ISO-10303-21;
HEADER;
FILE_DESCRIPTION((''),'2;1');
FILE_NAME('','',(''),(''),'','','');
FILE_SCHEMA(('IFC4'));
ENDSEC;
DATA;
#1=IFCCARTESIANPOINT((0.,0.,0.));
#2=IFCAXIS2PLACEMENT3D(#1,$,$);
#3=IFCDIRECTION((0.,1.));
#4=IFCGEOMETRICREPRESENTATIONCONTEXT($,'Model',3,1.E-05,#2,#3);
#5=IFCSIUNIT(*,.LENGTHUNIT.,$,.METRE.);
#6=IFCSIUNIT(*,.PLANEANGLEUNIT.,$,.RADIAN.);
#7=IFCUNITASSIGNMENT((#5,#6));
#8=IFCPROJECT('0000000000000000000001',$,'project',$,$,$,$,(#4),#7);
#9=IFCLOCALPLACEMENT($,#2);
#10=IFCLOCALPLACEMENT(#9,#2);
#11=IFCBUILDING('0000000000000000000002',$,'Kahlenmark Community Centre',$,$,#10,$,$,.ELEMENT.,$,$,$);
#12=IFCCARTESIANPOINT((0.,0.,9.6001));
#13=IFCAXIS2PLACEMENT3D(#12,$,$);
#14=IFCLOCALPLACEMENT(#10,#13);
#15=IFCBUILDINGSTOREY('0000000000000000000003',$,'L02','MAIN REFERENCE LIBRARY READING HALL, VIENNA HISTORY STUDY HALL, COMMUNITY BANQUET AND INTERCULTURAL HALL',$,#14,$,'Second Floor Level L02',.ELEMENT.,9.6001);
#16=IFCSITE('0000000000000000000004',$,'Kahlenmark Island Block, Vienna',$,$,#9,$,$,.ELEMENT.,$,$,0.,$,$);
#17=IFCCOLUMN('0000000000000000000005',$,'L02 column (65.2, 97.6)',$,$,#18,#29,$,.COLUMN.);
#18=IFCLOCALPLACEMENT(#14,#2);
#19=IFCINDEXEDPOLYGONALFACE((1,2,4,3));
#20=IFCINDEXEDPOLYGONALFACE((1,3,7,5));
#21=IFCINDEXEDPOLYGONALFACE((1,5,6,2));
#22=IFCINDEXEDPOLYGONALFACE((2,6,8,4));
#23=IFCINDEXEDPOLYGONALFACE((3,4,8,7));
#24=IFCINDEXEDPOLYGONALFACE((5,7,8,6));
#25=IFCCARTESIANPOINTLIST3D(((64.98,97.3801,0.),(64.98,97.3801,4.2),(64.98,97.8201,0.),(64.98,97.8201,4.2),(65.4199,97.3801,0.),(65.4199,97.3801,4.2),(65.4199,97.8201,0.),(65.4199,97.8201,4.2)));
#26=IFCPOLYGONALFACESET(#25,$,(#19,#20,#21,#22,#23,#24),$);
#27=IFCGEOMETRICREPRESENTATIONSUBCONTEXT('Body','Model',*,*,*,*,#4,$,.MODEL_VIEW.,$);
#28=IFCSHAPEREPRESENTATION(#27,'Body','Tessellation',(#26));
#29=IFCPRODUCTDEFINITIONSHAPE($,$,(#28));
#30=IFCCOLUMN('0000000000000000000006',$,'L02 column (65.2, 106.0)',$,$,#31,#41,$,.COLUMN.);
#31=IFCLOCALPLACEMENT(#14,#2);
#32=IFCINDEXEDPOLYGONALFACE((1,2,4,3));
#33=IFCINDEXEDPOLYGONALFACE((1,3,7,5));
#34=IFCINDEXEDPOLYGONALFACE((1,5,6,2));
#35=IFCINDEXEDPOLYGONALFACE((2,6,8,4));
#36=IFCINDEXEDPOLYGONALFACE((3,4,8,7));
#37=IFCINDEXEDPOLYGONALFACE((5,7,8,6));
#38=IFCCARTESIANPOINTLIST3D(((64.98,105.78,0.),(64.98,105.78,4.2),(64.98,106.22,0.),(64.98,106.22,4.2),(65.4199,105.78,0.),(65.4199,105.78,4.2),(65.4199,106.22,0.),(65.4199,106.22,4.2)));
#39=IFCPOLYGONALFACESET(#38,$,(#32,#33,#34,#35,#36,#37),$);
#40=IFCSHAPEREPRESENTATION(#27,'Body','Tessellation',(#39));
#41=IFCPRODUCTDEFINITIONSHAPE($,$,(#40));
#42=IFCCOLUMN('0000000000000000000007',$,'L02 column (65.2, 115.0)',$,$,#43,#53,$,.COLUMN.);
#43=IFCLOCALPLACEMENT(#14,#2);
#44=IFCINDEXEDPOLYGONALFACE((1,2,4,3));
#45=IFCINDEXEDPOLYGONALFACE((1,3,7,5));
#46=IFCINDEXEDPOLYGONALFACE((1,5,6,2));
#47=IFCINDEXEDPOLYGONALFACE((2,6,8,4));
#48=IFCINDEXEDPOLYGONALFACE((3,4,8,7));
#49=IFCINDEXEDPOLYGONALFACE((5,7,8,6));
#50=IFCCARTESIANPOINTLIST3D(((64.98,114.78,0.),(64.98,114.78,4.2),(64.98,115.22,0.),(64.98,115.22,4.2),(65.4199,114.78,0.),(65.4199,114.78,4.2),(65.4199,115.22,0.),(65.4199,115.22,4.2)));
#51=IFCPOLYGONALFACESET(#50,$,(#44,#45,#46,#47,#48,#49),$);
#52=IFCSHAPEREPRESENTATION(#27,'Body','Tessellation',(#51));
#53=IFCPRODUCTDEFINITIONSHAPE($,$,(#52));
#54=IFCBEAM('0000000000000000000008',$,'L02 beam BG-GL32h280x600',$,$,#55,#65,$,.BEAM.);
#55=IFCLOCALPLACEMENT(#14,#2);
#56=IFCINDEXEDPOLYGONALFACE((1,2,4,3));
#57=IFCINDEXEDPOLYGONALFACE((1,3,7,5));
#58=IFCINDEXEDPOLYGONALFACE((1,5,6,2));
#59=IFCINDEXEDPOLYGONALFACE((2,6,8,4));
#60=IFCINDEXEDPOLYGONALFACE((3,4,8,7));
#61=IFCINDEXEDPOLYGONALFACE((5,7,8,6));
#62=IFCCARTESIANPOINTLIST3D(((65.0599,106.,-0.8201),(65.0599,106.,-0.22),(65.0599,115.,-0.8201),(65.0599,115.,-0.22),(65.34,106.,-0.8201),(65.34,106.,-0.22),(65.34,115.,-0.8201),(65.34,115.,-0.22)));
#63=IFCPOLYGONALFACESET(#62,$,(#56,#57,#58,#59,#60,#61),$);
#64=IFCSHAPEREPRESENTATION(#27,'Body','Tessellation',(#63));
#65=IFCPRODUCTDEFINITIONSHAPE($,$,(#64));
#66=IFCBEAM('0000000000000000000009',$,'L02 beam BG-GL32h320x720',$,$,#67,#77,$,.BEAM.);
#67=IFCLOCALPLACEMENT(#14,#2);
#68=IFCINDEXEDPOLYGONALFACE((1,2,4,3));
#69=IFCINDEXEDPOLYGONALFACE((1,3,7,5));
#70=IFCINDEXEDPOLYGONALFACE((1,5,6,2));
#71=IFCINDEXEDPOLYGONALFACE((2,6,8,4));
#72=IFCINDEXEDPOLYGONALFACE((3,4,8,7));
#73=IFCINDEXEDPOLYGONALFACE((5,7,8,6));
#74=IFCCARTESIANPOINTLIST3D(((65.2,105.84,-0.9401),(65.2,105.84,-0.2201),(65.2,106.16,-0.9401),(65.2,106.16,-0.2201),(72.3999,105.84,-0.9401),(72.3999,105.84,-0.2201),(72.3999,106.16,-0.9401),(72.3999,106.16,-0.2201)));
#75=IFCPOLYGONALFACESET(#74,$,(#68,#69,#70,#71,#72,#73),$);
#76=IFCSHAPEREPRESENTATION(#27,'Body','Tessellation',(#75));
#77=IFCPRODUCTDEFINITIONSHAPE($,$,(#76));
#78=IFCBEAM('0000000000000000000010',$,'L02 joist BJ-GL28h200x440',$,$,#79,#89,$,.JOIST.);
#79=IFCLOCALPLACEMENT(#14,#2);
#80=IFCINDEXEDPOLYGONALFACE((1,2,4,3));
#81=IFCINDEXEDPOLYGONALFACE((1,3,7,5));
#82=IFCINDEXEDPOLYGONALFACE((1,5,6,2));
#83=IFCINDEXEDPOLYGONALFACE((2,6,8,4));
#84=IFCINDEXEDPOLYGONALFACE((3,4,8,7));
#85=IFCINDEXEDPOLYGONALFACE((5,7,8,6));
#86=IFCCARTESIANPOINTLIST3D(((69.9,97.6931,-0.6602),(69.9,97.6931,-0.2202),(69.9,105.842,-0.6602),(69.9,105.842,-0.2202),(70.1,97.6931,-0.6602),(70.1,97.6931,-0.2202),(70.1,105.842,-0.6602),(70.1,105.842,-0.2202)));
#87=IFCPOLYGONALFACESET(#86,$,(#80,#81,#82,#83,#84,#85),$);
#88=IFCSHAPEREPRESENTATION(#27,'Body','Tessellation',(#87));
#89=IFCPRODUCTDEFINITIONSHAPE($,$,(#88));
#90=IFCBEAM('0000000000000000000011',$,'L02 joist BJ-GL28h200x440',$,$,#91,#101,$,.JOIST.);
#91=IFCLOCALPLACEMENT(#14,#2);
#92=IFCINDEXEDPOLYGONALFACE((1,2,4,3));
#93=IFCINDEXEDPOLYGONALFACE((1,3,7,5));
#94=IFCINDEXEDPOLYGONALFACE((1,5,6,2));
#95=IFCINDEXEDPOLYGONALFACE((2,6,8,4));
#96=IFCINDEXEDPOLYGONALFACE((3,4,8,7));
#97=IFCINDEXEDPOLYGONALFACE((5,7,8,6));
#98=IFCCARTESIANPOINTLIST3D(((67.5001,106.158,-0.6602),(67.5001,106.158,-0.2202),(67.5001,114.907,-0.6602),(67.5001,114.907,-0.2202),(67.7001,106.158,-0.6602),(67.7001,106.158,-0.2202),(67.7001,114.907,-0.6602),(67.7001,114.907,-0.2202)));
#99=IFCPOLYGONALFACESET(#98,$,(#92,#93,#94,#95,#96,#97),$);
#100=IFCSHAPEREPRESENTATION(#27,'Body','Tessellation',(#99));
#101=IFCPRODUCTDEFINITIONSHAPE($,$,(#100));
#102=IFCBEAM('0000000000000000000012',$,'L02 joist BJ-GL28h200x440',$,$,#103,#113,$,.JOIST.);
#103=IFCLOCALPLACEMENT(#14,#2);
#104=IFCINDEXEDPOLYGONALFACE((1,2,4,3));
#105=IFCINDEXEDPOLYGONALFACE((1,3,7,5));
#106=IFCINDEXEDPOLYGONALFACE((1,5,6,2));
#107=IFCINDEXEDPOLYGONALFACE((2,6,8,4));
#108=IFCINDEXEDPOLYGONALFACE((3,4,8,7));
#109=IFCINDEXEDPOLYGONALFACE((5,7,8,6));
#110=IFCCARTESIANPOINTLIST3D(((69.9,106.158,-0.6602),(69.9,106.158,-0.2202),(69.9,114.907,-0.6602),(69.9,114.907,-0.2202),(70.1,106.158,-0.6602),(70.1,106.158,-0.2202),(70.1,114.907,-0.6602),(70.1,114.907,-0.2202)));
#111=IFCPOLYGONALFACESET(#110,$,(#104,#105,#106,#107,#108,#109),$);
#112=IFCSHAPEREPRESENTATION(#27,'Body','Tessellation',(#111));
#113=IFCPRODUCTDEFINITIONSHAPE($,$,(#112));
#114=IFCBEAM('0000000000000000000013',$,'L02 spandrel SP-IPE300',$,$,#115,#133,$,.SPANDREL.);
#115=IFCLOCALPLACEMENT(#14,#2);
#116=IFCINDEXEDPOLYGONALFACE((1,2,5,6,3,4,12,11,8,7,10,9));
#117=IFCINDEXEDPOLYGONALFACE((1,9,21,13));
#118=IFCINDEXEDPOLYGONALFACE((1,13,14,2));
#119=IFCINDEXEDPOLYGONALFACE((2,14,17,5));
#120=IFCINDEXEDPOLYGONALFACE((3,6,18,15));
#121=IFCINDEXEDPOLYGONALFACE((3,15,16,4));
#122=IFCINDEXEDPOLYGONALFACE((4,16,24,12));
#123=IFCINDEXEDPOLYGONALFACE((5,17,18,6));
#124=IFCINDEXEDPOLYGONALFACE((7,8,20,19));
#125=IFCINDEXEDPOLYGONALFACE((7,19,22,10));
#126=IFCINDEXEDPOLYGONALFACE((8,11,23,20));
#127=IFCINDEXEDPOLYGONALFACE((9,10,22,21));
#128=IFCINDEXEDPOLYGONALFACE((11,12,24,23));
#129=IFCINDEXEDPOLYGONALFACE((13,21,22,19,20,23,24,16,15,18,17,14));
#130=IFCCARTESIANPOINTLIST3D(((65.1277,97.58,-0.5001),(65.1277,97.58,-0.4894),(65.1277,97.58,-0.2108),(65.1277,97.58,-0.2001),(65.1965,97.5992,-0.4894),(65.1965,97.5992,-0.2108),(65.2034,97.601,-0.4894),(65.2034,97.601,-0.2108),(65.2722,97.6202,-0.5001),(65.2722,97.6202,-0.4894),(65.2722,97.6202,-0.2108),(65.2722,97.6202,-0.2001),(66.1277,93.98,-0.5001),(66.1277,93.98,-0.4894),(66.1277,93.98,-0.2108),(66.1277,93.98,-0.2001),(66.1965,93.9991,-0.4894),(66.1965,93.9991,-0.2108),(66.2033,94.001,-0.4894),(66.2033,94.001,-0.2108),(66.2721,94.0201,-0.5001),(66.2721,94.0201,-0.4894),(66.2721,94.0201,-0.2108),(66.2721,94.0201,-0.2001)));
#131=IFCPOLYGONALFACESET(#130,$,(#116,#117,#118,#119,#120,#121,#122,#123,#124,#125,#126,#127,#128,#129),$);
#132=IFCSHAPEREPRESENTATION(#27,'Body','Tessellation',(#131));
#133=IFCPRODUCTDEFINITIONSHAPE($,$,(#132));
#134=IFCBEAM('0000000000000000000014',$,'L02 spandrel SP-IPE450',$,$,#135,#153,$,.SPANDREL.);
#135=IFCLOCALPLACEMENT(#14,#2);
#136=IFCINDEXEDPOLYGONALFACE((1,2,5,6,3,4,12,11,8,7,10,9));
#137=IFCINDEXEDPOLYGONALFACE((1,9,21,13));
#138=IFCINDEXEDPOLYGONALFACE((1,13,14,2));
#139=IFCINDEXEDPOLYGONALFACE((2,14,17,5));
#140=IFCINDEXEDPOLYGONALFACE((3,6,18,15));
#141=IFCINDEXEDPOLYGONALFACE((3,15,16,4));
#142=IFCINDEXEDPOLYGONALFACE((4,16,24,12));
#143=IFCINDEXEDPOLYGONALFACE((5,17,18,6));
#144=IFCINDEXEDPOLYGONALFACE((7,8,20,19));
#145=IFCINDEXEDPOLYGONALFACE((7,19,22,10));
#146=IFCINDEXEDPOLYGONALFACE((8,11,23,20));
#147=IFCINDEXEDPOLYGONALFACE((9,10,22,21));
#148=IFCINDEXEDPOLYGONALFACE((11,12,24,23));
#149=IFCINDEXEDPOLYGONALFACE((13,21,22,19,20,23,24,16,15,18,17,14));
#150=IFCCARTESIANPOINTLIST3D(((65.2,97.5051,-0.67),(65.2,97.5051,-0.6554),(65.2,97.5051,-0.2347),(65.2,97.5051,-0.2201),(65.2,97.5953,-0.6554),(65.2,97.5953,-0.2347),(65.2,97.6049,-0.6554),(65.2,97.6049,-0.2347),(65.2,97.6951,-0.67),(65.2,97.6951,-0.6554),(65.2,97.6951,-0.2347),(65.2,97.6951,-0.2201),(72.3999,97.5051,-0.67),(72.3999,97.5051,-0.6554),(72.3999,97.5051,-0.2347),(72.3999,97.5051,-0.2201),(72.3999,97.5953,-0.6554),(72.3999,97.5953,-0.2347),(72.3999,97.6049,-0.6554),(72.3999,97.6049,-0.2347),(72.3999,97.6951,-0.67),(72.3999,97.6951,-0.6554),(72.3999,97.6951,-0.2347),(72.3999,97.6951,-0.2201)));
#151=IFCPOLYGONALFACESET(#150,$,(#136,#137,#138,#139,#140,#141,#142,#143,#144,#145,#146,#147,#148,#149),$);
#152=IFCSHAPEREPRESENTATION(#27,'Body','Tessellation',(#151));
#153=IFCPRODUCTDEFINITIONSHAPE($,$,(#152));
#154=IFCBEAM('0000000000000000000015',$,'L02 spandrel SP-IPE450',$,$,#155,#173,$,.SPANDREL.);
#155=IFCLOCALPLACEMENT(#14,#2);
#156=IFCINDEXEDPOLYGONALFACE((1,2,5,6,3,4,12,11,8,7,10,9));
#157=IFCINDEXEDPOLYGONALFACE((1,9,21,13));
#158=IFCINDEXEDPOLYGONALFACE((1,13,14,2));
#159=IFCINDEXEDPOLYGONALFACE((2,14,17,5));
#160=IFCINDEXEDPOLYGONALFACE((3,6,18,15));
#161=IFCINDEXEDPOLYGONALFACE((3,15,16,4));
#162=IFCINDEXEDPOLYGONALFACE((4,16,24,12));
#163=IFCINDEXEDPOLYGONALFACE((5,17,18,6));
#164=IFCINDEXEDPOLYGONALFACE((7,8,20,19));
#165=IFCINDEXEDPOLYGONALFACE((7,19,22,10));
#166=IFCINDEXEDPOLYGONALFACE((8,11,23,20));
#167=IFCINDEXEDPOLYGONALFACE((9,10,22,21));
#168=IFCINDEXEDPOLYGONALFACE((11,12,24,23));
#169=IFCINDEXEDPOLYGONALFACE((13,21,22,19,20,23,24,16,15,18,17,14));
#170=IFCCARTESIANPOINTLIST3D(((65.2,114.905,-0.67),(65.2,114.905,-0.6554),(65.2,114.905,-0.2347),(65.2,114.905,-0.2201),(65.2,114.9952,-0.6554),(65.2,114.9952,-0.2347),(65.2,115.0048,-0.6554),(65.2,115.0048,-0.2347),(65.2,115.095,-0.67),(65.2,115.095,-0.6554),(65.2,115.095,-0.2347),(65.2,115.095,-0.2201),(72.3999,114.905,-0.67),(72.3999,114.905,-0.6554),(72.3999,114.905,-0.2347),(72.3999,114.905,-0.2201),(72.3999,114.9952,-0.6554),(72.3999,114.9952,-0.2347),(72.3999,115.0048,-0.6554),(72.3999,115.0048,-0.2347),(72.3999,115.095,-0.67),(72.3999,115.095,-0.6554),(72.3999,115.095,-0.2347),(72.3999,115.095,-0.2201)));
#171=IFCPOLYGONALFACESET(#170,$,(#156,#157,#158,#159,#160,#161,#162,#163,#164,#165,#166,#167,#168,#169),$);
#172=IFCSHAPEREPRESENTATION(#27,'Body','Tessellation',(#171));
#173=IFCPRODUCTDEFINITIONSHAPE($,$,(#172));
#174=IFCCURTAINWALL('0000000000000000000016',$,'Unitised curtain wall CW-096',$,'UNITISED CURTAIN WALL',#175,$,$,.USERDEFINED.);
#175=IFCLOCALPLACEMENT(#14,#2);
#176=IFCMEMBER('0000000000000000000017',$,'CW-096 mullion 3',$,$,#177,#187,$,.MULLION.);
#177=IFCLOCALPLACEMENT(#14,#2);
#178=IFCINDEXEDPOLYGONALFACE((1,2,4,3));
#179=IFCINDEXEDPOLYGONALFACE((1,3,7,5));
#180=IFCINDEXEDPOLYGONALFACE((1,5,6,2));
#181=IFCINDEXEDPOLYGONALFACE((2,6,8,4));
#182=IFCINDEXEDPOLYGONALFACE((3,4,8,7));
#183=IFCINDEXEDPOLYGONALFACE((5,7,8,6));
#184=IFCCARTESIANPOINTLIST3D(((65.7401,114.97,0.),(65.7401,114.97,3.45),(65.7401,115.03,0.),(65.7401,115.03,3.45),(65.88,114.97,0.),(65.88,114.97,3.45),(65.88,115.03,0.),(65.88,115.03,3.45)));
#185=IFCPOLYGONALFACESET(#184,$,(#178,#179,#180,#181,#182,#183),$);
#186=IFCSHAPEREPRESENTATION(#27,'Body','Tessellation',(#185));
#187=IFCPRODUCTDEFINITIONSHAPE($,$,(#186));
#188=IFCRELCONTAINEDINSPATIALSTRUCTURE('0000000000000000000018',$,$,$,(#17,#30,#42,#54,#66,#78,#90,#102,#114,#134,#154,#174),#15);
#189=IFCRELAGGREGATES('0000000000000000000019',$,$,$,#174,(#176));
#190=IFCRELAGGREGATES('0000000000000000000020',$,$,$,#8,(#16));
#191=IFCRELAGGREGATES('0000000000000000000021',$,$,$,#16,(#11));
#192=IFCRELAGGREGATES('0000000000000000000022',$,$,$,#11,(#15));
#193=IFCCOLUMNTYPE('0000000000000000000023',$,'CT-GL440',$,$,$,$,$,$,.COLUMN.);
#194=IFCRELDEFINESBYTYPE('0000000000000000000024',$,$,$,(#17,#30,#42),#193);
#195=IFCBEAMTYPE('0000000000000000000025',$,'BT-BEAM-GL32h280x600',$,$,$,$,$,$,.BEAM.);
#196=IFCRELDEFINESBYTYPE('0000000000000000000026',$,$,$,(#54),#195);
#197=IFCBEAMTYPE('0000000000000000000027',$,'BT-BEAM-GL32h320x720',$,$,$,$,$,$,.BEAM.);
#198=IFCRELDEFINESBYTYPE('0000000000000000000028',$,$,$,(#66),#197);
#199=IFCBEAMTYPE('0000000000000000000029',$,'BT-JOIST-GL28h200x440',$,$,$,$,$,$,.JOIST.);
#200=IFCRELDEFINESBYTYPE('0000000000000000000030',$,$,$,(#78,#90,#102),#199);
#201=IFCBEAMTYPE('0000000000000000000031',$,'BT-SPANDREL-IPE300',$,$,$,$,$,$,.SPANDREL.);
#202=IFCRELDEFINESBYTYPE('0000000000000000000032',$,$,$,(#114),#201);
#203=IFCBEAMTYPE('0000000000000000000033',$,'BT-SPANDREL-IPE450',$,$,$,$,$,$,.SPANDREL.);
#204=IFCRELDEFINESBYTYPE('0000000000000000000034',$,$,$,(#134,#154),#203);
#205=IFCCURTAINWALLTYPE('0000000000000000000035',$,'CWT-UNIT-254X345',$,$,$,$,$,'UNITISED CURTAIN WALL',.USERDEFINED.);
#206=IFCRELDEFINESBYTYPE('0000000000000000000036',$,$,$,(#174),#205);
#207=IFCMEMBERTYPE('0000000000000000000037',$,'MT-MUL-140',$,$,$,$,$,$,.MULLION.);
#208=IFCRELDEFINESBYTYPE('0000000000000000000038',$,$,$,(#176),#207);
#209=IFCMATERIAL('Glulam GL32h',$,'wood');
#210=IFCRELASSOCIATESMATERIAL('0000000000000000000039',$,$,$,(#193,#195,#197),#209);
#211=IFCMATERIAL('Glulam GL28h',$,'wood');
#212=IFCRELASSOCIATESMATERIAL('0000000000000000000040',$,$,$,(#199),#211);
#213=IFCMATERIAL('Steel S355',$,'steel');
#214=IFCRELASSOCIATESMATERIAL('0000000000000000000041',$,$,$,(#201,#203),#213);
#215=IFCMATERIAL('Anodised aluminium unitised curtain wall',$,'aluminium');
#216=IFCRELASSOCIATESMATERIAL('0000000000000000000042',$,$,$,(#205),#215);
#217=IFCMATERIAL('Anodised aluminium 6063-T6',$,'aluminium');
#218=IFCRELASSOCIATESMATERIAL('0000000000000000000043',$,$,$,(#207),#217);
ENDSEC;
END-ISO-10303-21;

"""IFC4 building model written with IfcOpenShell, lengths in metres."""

from ifc_helpers import new_model, si_unit, direction, frame, origin, origin_2d, place, context, subcontext, project, spatial, rectangle, i_section, extrude, material, material_profile, profile_set, type_object, element, aggregate, save


model = new_model("IFC4")

# Units and contexts
model_context = context("Model", 3, precision=1e-05, world=origin(), true_north=direction((0.0, 1.0)))
body_context = subcontext(model_context, "Body", "Model", "MODEL_VIEW")
ifc_project = project(units=[si_unit("LENGTHUNIT", "METRE"), si_unit("PLANEANGLEUNIT", "RADIAN")], contexts=[model_context])

# Site, building, storey
site_placement = place(None, origin())
site = spatial("IfcSite", under=ifc_project, at=site_placement, Name="Kahlenmark Island Block, Vienna", CompositionType="ELEMENT", RefElevation=0.0)
building_placement = place(site_placement, origin())
building = spatial("IfcBuilding", under=site, at=building_placement, Name="Kahlenmark Community Centre", CompositionType="ELEMENT")
storey_placement = place(building_placement, frame((0.0, 0.0, 9.6001)))
storey = spatial("IfcBuildingStorey", under=building, at=storey_placement, Name="L02", Description="MAIN REFERENCE LIBRARY READING HALL, VIENNA HISTORY STUDY HALL, COMMUNITY BANQUET AND INTERCULTURAL HALL", LongName="Second Floor Level L02", CompositionType="ELEMENT", Elevation=9.6001)

# Columns
ifc_material_1 = material(Name="Glulam GL32h", Category="wood")
ifc_material_profile_1 = material_profile(ifc_material_1, rectangle(XDim=0.4399, YDim=0.4399, at=origin_2d()), Name="GL32h 440x440")
ifc_profile_set_1 = profile_set([ifc_material_profile_1], Name="Glulam GL32h")
column_type = type_object("IfcColumnType", Name="CT-GL440", PredefinedType="COLUMN", material=ifc_profile_set_1)
for number, where, z_axis, x_axis, name in (
    (1, (65.2, 97.6001, 0.0), (0.0, 0.0, 1.0), (1.0, 0.0, 0.0), "L02 column (65.2, 97.6)"),
    (2, (65.2, 106.0, 0.0), (0.0, 0.0, 1.0), (1.0, 0.0, 0.0), "L02 column (65.2, 106.0)"),
    (3, (65.2, 115.0, 0.0), (0.0, 0.0, 1.0), (1.0, 0.0, 0.0), "L02 column (65.2, 115.0)"),
):
    element("IfcColumn", number, at=place(storey_placement, frame(where, z_axis=z_axis, x_axis=x_axis)), inside=storey, type_object=column_type, Name=name, PredefinedType="COLUMN", context=body_context, shape_type="SweptSolid", body=[
        extrude(rectangle(XDim=0.4399, YDim=0.4399, at=origin_2d()), origin(), (0.0, 0.0, 1.0), 4.2),
    ])

# Beams
ifc_material_profile_2 = material_profile(ifc_material_1, rectangle(XDim=0.28, YDim=0.6001, at=origin_2d()), Name="GL32h 280x600")
ifc_profile_set_2 = profile_set([ifc_material_profile_2], Name="Glulam GL32h")
beam_type_1 = type_object("IfcBeamType", Name="BT-BEAM-GL32h280x600", PredefinedType="BEAM", material=ifc_profile_set_2)
beam_1_placement = place(storey_placement, frame((65.2, 106.0, -0.52), z_axis=(0.0, 1.0, 0.0), x_axis=(-1.0, 0.0, 0.0)))
element("IfcBeam", 4, at=beam_1_placement, inside=storey, type_object=beam_type_1, Name="L02 beam BG-GL32h280x600", PredefinedType="BEAM", context=body_context, shape_type="SweptSolid", body=[
    extrude(rectangle(XDim=0.28, YDim=0.6001, at=origin_2d()), origin(), (0.0, 0.0, 1.0), 9.0),
])
ifc_material_profile_3 = material_profile(ifc_material_1, rectangle(XDim=0.3201, YDim=0.72, at=origin_2d()), Name="GL32h 320x720")
ifc_profile_set_3 = profile_set([ifc_material_profile_3], Name="Glulam GL32h")
beam_type_2 = type_object("IfcBeamType", Name="BT-BEAM-GL32h320x720", PredefinedType="BEAM", material=ifc_profile_set_3)
beam_2_placement = place(storey_placement, frame((65.2, 106.0, -0.5801), z_axis=(1.0, 0.0, 0.0), x_axis=(0.0, 1.0, 0.0)))
element("IfcBeam", 5, at=beam_2_placement, inside=storey, type_object=beam_type_2, Name="L02 beam BG-GL32h320x720", PredefinedType="BEAM", context=body_context, shape_type="SweptSolid", body=[
    extrude(rectangle(XDim=0.3201, YDim=0.72, at=origin_2d()), origin(), (0.0, 0.0, 1.0), 7.2),
])
ifc_material_2 = material(Name="Glulam GL28h", Category="wood")
ifc_material_profile_4 = material_profile(ifc_material_2, rectangle(XDim=0.2, YDim=0.4399, at=origin_2d()), Name="GL28h 200x440")
ifc_profile_set_4 = profile_set([ifc_material_profile_4], Name="Glulam GL28h")
beam_type_3 = type_object("IfcBeamType", Name="BT-JOIST-GL28h200x440", PredefinedType="JOIST", material=ifc_profile_set_4)
beam_3_placement = place(storey_placement, frame((70.0, 97.6931, -0.4402), z_axis=(0.0, 1.0, 0.0), x_axis=(-1.0, 0.0, 0.0)))
element("IfcBeam", 6, at=beam_3_placement, inside=storey, type_object=beam_type_3, Name="L02 joist BJ-GL28h200x440", PredefinedType="JOIST", context=body_context, shape_type="SweptSolid", body=[
    extrude(rectangle(XDim=0.2, YDim=0.4399, at=origin_2d()), origin(), (0.0, 0.0, 1.0), 8.1489),
])
for number, where, z_axis, x_axis, name in (
    (7, (67.6001, 106.158, -0.4402), (0.0, 1.0, 0.0), (-1.0, 0.0, 0.0), "L02 joist BJ-GL28h200x440"),
    (8, (70.0, 106.158, -0.4402), (0.0, 1.0, 0.0), (-1.0, 0.0, 0.0), "L02 joist BJ-GL28h200x440"),
):
    element("IfcBeam", number, at=place(storey_placement, frame(where, z_axis=z_axis, x_axis=x_axis)), inside=storey, type_object=beam_type_3, Name=name, PredefinedType="JOIST", context=body_context, shape_type="SweptSolid", body=[
        extrude(rectangle(XDim=0.2, YDim=0.4399, at=origin_2d()), origin(), (0.0, 0.0, 1.0), 8.749),
    ])
ifc_material_3 = material(Name="Steel S355", Category="steel")
ifc_material_profile_5 = material_profile(ifc_material_3, i_section(OverallWidth=0.1499, OverallDepth=0.3, WebThickness=0.0071, FlangeThickness=0.0107, at=origin_2d()), Name="IPE 300")
ifc_profile_set_5 = profile_set([ifc_material_profile_5], Name="Steel S355")
beam_type_4 = type_object("IfcBeamType", Name="BT-SPANDREL-IPE300", PredefinedType="SPANDREL", material=ifc_profile_set_5)
beam_4_placement = place(storey_placement, frame((65.2, 97.6001, -0.3501), z_axis=(0.267637, -0.96352, 0.0), x_axis=(0.96352, 0.267637, 0.0)))
element("IfcBeam", 9, at=beam_4_placement, inside=storey, type_object=beam_type_4, Name="L02 spandrel SP-IPE300", PredefinedType="SPANDREL", context=body_context, shape_type="SweptSolid", body=[
    extrude(i_section(OverallWidth=0.1499, OverallDepth=0.3, WebThickness=0.0071, FlangeThickness=0.0107, at=origin_2d()), origin(), (0.0, 0.0, 1.0), 3.7363),
])
ifc_material_profile_6 = material_profile(ifc_material_3, i_section(OverallWidth=0.1899, OverallDepth=0.45, WebThickness=0.0095, FlangeThickness=0.0146, at=origin_2d()), Name="IPE 450")
ifc_profile_set_6 = profile_set([ifc_material_profile_6], Name="Steel S355")
beam_type_5 = type_object("IfcBeamType", Name="BT-SPANDREL-IPE450", PredefinedType="SPANDREL", material=ifc_profile_set_6)
for number, where, z_axis, x_axis, name in (
    (10, (65.2, 97.6001, -0.4451), (1.0, 0.0, 0.0), (0.0, 1.0, 0.0), "L02 spandrel SP-IPE450"),
    (11, (65.2, 115.0, -0.4451), (1.0, 0.0, 0.0), (0.0, 1.0, 0.0), "L02 spandrel SP-IPE450"),
):
    element("IfcBeam", number, at=place(storey_placement, frame(where, z_axis=z_axis, x_axis=x_axis)), inside=storey, type_object=beam_type_5, Name=name, PredefinedType="SPANDREL", context=body_context, shape_type="SweptSolid", body=[
        extrude(i_section(OverallWidth=0.1899, OverallDepth=0.45, WebThickness=0.0095, FlangeThickness=0.0146, at=origin_2d()), origin(), (0.0, 0.0, 1.0), 7.2),
    ])

# Curtain wall, member
ifc_material_4 = material(Name="Anodised aluminium unitised curtain wall", Category="aluminium")
curtain_wall_type = type_object("IfcCurtainWallType", Name="CWT-UNIT-254X345", ElementType="UNITISED CURTAIN WALL", PredefinedType="USERDEFINED", material=ifc_material_4)
curtain_wall_placement = place(storey_placement, origin())
curtain_wall = element("IfcCurtainWall", 12, at=curtain_wall_placement, inside=storey, type_object=curtain_wall_type, Name="Unitised curtain wall CW-096", ObjectType="UNITISED CURTAIN WALL", PredefinedType="USERDEFINED")
ifc_material_5 = material(Name="Anodised aluminium 6063-T6", Category="aluminium")
ifc_material_profile_7 = material_profile(ifc_material_5, rectangle(XDim=0.0601, YDim=0.1399, at=origin_2d()), Name="ALU MULLION 60x140")
ifc_profile_set_7 = profile_set([ifc_material_profile_7], Name="Anodised aluminium 6063-T6")
member_type = type_object("IfcMemberType", Name="MT-MUL-140", PredefinedType="MULLION", material=ifc_profile_set_7)
member_placement = place(storey_placement, frame((65.8101, 115.0, 0.0), z_axis=(0.0, 0.0, 1.0), x_axis=(0.0, -1.0, 0.0)))
member = element("IfcMember", 13, at=member_placement, type_object=member_type, Name="CW-096 mullion 3", PredefinedType="MULLION", context=body_context, shape_type="SweptSolid", body=[
    extrude(rectangle(XDim=0.0601, YDim=0.1399, at=origin_2d()), origin(), (0.0, 0.0, 1.0), 3.45),
])
aggregate(curtain_wall, [member])

save(model, "model.ifc")
